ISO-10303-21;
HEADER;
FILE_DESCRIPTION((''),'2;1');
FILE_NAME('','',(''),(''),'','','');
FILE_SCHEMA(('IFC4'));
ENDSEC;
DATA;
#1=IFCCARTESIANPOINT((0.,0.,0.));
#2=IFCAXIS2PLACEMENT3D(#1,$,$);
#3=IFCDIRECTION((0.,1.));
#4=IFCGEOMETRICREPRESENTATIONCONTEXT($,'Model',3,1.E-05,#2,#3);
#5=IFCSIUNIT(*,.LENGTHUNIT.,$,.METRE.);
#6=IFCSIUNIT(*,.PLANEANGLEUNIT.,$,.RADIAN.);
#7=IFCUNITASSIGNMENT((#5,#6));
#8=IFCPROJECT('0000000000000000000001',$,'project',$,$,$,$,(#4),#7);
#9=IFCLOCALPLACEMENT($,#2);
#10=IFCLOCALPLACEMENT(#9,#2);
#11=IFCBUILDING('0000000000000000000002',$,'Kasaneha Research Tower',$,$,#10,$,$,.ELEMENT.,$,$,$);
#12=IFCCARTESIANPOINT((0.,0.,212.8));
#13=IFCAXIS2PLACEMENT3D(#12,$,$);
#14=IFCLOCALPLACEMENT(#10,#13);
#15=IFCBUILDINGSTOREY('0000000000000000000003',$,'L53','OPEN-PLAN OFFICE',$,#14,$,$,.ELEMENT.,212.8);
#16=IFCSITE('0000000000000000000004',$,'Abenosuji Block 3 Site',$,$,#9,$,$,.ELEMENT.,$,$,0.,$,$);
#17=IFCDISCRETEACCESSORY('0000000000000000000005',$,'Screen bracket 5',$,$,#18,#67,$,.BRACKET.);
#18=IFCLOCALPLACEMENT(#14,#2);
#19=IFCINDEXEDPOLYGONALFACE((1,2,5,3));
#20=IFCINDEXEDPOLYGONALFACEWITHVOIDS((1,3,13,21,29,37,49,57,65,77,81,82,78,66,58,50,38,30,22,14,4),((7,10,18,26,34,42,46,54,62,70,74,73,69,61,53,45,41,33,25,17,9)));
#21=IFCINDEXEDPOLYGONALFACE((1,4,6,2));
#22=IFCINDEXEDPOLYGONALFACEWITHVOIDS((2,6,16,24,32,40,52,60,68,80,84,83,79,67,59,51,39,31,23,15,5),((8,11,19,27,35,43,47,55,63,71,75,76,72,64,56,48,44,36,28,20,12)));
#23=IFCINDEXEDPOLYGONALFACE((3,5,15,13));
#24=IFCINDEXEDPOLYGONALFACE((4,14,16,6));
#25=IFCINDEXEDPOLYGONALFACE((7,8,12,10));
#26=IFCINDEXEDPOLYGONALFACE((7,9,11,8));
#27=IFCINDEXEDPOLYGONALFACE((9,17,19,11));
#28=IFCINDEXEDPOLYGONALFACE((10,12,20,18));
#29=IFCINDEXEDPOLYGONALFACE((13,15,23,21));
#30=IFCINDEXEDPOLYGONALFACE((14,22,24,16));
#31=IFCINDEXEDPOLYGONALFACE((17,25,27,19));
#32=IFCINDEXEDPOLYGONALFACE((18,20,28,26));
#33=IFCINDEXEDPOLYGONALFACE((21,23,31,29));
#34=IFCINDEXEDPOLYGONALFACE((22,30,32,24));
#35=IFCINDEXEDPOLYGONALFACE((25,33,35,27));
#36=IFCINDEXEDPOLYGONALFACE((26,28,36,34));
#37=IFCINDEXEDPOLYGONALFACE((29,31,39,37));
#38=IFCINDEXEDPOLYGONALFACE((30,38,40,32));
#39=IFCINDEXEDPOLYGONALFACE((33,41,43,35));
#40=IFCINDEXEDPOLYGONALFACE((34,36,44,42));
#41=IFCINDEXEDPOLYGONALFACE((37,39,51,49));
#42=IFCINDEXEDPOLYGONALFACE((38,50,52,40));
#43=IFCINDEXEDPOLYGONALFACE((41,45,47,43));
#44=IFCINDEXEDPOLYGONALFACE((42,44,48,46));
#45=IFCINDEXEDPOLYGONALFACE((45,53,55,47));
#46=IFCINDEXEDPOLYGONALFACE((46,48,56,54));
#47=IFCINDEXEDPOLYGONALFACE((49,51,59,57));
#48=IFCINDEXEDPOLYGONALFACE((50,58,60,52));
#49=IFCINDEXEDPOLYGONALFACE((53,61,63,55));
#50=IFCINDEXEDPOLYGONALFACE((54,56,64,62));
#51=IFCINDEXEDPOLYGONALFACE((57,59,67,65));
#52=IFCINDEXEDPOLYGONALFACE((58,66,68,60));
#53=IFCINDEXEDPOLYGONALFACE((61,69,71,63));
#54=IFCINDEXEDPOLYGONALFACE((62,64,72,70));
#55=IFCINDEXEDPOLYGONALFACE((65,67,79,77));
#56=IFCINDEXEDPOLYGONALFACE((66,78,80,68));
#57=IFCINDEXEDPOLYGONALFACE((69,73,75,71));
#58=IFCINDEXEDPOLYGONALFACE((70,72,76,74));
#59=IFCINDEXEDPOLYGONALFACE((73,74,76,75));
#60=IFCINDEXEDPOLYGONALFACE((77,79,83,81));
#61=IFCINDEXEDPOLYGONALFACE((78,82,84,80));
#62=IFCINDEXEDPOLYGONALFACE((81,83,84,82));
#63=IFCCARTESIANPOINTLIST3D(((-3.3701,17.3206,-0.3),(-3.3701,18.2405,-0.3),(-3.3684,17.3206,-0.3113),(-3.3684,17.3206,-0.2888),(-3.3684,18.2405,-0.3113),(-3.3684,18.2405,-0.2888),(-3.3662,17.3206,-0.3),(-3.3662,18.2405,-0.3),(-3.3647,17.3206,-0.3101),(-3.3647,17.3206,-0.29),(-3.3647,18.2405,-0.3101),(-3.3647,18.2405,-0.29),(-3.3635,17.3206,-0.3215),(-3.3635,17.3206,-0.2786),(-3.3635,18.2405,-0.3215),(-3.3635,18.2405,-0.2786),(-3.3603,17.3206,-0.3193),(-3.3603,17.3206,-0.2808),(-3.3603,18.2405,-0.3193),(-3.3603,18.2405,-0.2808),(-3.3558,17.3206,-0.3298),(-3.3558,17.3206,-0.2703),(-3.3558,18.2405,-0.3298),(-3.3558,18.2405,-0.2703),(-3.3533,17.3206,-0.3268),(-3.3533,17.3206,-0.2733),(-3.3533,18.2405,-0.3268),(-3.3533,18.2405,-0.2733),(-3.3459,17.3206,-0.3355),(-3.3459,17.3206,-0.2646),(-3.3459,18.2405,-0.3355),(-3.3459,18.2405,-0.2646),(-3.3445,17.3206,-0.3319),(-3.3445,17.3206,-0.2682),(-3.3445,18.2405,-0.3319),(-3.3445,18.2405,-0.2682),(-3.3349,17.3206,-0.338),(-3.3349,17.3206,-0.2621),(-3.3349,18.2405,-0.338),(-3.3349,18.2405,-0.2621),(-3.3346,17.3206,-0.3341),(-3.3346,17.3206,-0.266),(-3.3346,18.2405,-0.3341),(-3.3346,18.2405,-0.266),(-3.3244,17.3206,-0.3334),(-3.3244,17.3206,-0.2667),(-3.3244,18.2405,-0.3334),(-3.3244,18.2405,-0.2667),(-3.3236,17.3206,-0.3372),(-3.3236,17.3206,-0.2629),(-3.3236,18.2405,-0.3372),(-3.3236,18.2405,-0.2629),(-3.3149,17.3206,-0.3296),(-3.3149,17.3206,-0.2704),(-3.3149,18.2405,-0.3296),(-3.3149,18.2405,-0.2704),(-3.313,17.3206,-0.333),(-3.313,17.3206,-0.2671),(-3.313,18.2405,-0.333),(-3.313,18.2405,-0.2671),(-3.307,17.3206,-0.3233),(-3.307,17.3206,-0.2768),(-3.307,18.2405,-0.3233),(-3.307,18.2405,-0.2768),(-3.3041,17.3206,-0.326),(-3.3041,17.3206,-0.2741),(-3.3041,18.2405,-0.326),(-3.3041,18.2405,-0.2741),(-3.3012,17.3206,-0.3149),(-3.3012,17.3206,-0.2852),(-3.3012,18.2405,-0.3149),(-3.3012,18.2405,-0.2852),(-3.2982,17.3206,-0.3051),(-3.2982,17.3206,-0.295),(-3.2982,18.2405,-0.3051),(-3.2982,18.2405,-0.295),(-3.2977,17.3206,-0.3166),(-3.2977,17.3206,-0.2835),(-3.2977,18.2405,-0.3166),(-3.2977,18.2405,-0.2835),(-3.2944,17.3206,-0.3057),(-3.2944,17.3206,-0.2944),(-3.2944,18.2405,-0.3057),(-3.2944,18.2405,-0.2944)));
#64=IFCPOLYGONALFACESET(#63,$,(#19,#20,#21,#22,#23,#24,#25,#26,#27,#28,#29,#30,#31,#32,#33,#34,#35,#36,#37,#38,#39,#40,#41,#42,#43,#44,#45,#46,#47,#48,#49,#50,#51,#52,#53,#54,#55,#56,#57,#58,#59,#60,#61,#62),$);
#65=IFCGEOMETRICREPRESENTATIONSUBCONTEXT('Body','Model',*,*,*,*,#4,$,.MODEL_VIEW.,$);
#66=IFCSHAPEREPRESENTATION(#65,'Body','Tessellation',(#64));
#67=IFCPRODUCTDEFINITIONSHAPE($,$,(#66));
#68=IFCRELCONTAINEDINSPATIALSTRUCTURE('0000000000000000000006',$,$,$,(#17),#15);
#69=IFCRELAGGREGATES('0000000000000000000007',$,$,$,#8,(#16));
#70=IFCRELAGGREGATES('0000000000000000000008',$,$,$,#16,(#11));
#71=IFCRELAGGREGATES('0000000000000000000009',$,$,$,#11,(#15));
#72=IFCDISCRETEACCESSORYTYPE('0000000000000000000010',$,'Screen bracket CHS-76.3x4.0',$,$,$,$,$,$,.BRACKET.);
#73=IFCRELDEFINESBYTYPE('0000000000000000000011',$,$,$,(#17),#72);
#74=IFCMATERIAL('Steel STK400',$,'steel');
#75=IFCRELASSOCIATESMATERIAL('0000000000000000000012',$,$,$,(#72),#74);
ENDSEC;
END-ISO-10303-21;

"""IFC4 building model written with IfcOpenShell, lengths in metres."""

from ifc_helpers import new_model, si_unit, direction, frame, origin, origin_2d, place, context, subcontext, project, spatial, hollow_circle, extrude, material, material_profile, profile_set, type_object, element, save


model = new_model("IFC4")

# Units and contexts
model_context = context("Model", 3, precision=1e-05, world=origin(), true_north=direction((0.0, 1.0)))
body_context = subcontext(model_context, "Body", "Model", "MODEL_VIEW")
ifc_project = project(units=[si_unit("LENGTHUNIT", "METRE"), si_unit("PLANEANGLEUNIT", "RADIAN")], contexts=[model_context])

# Site, building, storey
site_placement = place(None, origin())
site = spatial("IfcSite", under=ifc_project, at=site_placement, Name="Abenosuji Block 3 Site", CompositionType="ELEMENT", RefElevation=0.0)
building_placement = place(site_placement, origin())
building = spatial("IfcBuilding", under=site, at=building_placement, Name="Kasaneha Research Tower", CompositionType="ELEMENT")
storey_placement = place(building_placement, frame((0.0, 0.0, 212.8)))
storey = spatial("IfcBuildingStorey", under=building, at=storey_placement, Name="L53", Description="OPEN-PLAN OFFICE", CompositionType="ELEMENT", Elevation=212.8)

# Discrete accessory
ifc_material_1 = material(Name="Steel STK400", Category="steel")
ifc_material_profile_1 = material_profile(ifc_material_1, hollow_circle(Radius=0.0381, WallThickness=0.0039, at=origin_2d()), Name="CHS-76.3x4.0")
ifc_profile_set_1 = profile_set([ifc_material_profile_1], Name="Steel STK400")
discrete_accessory_type = type_object("IfcDiscreteAccessoryType", Name="Screen bracket CHS-76.3x4.0", PredefinedType="BRACKET", material=ifc_profile_set_1)
for number, where, z_axis, x_axis, name in (
    (1, (-3.332, 17.3206, -0.3), (0.0, 1.0, 0.0), (-1.0, 0.0, 0.0), "Screen bracket 5"),
):
    element("IfcDiscreteAccessory", number, at=place(storey_placement, frame(where, z_axis=z_axis, x_axis=x_axis)), inside=storey, type_object=discrete_accessory_type, Name=name, PredefinedType="BRACKET", context=body_context, shape_type="SweptSolid", body=[
        extrude(hollow_circle(Radius=0.0381, WallThickness=0.0039, at=origin_2d()), origin(), (0.0, 0.0, 1.0), 0.9199),
    ])

save(model, "model.ifc")
